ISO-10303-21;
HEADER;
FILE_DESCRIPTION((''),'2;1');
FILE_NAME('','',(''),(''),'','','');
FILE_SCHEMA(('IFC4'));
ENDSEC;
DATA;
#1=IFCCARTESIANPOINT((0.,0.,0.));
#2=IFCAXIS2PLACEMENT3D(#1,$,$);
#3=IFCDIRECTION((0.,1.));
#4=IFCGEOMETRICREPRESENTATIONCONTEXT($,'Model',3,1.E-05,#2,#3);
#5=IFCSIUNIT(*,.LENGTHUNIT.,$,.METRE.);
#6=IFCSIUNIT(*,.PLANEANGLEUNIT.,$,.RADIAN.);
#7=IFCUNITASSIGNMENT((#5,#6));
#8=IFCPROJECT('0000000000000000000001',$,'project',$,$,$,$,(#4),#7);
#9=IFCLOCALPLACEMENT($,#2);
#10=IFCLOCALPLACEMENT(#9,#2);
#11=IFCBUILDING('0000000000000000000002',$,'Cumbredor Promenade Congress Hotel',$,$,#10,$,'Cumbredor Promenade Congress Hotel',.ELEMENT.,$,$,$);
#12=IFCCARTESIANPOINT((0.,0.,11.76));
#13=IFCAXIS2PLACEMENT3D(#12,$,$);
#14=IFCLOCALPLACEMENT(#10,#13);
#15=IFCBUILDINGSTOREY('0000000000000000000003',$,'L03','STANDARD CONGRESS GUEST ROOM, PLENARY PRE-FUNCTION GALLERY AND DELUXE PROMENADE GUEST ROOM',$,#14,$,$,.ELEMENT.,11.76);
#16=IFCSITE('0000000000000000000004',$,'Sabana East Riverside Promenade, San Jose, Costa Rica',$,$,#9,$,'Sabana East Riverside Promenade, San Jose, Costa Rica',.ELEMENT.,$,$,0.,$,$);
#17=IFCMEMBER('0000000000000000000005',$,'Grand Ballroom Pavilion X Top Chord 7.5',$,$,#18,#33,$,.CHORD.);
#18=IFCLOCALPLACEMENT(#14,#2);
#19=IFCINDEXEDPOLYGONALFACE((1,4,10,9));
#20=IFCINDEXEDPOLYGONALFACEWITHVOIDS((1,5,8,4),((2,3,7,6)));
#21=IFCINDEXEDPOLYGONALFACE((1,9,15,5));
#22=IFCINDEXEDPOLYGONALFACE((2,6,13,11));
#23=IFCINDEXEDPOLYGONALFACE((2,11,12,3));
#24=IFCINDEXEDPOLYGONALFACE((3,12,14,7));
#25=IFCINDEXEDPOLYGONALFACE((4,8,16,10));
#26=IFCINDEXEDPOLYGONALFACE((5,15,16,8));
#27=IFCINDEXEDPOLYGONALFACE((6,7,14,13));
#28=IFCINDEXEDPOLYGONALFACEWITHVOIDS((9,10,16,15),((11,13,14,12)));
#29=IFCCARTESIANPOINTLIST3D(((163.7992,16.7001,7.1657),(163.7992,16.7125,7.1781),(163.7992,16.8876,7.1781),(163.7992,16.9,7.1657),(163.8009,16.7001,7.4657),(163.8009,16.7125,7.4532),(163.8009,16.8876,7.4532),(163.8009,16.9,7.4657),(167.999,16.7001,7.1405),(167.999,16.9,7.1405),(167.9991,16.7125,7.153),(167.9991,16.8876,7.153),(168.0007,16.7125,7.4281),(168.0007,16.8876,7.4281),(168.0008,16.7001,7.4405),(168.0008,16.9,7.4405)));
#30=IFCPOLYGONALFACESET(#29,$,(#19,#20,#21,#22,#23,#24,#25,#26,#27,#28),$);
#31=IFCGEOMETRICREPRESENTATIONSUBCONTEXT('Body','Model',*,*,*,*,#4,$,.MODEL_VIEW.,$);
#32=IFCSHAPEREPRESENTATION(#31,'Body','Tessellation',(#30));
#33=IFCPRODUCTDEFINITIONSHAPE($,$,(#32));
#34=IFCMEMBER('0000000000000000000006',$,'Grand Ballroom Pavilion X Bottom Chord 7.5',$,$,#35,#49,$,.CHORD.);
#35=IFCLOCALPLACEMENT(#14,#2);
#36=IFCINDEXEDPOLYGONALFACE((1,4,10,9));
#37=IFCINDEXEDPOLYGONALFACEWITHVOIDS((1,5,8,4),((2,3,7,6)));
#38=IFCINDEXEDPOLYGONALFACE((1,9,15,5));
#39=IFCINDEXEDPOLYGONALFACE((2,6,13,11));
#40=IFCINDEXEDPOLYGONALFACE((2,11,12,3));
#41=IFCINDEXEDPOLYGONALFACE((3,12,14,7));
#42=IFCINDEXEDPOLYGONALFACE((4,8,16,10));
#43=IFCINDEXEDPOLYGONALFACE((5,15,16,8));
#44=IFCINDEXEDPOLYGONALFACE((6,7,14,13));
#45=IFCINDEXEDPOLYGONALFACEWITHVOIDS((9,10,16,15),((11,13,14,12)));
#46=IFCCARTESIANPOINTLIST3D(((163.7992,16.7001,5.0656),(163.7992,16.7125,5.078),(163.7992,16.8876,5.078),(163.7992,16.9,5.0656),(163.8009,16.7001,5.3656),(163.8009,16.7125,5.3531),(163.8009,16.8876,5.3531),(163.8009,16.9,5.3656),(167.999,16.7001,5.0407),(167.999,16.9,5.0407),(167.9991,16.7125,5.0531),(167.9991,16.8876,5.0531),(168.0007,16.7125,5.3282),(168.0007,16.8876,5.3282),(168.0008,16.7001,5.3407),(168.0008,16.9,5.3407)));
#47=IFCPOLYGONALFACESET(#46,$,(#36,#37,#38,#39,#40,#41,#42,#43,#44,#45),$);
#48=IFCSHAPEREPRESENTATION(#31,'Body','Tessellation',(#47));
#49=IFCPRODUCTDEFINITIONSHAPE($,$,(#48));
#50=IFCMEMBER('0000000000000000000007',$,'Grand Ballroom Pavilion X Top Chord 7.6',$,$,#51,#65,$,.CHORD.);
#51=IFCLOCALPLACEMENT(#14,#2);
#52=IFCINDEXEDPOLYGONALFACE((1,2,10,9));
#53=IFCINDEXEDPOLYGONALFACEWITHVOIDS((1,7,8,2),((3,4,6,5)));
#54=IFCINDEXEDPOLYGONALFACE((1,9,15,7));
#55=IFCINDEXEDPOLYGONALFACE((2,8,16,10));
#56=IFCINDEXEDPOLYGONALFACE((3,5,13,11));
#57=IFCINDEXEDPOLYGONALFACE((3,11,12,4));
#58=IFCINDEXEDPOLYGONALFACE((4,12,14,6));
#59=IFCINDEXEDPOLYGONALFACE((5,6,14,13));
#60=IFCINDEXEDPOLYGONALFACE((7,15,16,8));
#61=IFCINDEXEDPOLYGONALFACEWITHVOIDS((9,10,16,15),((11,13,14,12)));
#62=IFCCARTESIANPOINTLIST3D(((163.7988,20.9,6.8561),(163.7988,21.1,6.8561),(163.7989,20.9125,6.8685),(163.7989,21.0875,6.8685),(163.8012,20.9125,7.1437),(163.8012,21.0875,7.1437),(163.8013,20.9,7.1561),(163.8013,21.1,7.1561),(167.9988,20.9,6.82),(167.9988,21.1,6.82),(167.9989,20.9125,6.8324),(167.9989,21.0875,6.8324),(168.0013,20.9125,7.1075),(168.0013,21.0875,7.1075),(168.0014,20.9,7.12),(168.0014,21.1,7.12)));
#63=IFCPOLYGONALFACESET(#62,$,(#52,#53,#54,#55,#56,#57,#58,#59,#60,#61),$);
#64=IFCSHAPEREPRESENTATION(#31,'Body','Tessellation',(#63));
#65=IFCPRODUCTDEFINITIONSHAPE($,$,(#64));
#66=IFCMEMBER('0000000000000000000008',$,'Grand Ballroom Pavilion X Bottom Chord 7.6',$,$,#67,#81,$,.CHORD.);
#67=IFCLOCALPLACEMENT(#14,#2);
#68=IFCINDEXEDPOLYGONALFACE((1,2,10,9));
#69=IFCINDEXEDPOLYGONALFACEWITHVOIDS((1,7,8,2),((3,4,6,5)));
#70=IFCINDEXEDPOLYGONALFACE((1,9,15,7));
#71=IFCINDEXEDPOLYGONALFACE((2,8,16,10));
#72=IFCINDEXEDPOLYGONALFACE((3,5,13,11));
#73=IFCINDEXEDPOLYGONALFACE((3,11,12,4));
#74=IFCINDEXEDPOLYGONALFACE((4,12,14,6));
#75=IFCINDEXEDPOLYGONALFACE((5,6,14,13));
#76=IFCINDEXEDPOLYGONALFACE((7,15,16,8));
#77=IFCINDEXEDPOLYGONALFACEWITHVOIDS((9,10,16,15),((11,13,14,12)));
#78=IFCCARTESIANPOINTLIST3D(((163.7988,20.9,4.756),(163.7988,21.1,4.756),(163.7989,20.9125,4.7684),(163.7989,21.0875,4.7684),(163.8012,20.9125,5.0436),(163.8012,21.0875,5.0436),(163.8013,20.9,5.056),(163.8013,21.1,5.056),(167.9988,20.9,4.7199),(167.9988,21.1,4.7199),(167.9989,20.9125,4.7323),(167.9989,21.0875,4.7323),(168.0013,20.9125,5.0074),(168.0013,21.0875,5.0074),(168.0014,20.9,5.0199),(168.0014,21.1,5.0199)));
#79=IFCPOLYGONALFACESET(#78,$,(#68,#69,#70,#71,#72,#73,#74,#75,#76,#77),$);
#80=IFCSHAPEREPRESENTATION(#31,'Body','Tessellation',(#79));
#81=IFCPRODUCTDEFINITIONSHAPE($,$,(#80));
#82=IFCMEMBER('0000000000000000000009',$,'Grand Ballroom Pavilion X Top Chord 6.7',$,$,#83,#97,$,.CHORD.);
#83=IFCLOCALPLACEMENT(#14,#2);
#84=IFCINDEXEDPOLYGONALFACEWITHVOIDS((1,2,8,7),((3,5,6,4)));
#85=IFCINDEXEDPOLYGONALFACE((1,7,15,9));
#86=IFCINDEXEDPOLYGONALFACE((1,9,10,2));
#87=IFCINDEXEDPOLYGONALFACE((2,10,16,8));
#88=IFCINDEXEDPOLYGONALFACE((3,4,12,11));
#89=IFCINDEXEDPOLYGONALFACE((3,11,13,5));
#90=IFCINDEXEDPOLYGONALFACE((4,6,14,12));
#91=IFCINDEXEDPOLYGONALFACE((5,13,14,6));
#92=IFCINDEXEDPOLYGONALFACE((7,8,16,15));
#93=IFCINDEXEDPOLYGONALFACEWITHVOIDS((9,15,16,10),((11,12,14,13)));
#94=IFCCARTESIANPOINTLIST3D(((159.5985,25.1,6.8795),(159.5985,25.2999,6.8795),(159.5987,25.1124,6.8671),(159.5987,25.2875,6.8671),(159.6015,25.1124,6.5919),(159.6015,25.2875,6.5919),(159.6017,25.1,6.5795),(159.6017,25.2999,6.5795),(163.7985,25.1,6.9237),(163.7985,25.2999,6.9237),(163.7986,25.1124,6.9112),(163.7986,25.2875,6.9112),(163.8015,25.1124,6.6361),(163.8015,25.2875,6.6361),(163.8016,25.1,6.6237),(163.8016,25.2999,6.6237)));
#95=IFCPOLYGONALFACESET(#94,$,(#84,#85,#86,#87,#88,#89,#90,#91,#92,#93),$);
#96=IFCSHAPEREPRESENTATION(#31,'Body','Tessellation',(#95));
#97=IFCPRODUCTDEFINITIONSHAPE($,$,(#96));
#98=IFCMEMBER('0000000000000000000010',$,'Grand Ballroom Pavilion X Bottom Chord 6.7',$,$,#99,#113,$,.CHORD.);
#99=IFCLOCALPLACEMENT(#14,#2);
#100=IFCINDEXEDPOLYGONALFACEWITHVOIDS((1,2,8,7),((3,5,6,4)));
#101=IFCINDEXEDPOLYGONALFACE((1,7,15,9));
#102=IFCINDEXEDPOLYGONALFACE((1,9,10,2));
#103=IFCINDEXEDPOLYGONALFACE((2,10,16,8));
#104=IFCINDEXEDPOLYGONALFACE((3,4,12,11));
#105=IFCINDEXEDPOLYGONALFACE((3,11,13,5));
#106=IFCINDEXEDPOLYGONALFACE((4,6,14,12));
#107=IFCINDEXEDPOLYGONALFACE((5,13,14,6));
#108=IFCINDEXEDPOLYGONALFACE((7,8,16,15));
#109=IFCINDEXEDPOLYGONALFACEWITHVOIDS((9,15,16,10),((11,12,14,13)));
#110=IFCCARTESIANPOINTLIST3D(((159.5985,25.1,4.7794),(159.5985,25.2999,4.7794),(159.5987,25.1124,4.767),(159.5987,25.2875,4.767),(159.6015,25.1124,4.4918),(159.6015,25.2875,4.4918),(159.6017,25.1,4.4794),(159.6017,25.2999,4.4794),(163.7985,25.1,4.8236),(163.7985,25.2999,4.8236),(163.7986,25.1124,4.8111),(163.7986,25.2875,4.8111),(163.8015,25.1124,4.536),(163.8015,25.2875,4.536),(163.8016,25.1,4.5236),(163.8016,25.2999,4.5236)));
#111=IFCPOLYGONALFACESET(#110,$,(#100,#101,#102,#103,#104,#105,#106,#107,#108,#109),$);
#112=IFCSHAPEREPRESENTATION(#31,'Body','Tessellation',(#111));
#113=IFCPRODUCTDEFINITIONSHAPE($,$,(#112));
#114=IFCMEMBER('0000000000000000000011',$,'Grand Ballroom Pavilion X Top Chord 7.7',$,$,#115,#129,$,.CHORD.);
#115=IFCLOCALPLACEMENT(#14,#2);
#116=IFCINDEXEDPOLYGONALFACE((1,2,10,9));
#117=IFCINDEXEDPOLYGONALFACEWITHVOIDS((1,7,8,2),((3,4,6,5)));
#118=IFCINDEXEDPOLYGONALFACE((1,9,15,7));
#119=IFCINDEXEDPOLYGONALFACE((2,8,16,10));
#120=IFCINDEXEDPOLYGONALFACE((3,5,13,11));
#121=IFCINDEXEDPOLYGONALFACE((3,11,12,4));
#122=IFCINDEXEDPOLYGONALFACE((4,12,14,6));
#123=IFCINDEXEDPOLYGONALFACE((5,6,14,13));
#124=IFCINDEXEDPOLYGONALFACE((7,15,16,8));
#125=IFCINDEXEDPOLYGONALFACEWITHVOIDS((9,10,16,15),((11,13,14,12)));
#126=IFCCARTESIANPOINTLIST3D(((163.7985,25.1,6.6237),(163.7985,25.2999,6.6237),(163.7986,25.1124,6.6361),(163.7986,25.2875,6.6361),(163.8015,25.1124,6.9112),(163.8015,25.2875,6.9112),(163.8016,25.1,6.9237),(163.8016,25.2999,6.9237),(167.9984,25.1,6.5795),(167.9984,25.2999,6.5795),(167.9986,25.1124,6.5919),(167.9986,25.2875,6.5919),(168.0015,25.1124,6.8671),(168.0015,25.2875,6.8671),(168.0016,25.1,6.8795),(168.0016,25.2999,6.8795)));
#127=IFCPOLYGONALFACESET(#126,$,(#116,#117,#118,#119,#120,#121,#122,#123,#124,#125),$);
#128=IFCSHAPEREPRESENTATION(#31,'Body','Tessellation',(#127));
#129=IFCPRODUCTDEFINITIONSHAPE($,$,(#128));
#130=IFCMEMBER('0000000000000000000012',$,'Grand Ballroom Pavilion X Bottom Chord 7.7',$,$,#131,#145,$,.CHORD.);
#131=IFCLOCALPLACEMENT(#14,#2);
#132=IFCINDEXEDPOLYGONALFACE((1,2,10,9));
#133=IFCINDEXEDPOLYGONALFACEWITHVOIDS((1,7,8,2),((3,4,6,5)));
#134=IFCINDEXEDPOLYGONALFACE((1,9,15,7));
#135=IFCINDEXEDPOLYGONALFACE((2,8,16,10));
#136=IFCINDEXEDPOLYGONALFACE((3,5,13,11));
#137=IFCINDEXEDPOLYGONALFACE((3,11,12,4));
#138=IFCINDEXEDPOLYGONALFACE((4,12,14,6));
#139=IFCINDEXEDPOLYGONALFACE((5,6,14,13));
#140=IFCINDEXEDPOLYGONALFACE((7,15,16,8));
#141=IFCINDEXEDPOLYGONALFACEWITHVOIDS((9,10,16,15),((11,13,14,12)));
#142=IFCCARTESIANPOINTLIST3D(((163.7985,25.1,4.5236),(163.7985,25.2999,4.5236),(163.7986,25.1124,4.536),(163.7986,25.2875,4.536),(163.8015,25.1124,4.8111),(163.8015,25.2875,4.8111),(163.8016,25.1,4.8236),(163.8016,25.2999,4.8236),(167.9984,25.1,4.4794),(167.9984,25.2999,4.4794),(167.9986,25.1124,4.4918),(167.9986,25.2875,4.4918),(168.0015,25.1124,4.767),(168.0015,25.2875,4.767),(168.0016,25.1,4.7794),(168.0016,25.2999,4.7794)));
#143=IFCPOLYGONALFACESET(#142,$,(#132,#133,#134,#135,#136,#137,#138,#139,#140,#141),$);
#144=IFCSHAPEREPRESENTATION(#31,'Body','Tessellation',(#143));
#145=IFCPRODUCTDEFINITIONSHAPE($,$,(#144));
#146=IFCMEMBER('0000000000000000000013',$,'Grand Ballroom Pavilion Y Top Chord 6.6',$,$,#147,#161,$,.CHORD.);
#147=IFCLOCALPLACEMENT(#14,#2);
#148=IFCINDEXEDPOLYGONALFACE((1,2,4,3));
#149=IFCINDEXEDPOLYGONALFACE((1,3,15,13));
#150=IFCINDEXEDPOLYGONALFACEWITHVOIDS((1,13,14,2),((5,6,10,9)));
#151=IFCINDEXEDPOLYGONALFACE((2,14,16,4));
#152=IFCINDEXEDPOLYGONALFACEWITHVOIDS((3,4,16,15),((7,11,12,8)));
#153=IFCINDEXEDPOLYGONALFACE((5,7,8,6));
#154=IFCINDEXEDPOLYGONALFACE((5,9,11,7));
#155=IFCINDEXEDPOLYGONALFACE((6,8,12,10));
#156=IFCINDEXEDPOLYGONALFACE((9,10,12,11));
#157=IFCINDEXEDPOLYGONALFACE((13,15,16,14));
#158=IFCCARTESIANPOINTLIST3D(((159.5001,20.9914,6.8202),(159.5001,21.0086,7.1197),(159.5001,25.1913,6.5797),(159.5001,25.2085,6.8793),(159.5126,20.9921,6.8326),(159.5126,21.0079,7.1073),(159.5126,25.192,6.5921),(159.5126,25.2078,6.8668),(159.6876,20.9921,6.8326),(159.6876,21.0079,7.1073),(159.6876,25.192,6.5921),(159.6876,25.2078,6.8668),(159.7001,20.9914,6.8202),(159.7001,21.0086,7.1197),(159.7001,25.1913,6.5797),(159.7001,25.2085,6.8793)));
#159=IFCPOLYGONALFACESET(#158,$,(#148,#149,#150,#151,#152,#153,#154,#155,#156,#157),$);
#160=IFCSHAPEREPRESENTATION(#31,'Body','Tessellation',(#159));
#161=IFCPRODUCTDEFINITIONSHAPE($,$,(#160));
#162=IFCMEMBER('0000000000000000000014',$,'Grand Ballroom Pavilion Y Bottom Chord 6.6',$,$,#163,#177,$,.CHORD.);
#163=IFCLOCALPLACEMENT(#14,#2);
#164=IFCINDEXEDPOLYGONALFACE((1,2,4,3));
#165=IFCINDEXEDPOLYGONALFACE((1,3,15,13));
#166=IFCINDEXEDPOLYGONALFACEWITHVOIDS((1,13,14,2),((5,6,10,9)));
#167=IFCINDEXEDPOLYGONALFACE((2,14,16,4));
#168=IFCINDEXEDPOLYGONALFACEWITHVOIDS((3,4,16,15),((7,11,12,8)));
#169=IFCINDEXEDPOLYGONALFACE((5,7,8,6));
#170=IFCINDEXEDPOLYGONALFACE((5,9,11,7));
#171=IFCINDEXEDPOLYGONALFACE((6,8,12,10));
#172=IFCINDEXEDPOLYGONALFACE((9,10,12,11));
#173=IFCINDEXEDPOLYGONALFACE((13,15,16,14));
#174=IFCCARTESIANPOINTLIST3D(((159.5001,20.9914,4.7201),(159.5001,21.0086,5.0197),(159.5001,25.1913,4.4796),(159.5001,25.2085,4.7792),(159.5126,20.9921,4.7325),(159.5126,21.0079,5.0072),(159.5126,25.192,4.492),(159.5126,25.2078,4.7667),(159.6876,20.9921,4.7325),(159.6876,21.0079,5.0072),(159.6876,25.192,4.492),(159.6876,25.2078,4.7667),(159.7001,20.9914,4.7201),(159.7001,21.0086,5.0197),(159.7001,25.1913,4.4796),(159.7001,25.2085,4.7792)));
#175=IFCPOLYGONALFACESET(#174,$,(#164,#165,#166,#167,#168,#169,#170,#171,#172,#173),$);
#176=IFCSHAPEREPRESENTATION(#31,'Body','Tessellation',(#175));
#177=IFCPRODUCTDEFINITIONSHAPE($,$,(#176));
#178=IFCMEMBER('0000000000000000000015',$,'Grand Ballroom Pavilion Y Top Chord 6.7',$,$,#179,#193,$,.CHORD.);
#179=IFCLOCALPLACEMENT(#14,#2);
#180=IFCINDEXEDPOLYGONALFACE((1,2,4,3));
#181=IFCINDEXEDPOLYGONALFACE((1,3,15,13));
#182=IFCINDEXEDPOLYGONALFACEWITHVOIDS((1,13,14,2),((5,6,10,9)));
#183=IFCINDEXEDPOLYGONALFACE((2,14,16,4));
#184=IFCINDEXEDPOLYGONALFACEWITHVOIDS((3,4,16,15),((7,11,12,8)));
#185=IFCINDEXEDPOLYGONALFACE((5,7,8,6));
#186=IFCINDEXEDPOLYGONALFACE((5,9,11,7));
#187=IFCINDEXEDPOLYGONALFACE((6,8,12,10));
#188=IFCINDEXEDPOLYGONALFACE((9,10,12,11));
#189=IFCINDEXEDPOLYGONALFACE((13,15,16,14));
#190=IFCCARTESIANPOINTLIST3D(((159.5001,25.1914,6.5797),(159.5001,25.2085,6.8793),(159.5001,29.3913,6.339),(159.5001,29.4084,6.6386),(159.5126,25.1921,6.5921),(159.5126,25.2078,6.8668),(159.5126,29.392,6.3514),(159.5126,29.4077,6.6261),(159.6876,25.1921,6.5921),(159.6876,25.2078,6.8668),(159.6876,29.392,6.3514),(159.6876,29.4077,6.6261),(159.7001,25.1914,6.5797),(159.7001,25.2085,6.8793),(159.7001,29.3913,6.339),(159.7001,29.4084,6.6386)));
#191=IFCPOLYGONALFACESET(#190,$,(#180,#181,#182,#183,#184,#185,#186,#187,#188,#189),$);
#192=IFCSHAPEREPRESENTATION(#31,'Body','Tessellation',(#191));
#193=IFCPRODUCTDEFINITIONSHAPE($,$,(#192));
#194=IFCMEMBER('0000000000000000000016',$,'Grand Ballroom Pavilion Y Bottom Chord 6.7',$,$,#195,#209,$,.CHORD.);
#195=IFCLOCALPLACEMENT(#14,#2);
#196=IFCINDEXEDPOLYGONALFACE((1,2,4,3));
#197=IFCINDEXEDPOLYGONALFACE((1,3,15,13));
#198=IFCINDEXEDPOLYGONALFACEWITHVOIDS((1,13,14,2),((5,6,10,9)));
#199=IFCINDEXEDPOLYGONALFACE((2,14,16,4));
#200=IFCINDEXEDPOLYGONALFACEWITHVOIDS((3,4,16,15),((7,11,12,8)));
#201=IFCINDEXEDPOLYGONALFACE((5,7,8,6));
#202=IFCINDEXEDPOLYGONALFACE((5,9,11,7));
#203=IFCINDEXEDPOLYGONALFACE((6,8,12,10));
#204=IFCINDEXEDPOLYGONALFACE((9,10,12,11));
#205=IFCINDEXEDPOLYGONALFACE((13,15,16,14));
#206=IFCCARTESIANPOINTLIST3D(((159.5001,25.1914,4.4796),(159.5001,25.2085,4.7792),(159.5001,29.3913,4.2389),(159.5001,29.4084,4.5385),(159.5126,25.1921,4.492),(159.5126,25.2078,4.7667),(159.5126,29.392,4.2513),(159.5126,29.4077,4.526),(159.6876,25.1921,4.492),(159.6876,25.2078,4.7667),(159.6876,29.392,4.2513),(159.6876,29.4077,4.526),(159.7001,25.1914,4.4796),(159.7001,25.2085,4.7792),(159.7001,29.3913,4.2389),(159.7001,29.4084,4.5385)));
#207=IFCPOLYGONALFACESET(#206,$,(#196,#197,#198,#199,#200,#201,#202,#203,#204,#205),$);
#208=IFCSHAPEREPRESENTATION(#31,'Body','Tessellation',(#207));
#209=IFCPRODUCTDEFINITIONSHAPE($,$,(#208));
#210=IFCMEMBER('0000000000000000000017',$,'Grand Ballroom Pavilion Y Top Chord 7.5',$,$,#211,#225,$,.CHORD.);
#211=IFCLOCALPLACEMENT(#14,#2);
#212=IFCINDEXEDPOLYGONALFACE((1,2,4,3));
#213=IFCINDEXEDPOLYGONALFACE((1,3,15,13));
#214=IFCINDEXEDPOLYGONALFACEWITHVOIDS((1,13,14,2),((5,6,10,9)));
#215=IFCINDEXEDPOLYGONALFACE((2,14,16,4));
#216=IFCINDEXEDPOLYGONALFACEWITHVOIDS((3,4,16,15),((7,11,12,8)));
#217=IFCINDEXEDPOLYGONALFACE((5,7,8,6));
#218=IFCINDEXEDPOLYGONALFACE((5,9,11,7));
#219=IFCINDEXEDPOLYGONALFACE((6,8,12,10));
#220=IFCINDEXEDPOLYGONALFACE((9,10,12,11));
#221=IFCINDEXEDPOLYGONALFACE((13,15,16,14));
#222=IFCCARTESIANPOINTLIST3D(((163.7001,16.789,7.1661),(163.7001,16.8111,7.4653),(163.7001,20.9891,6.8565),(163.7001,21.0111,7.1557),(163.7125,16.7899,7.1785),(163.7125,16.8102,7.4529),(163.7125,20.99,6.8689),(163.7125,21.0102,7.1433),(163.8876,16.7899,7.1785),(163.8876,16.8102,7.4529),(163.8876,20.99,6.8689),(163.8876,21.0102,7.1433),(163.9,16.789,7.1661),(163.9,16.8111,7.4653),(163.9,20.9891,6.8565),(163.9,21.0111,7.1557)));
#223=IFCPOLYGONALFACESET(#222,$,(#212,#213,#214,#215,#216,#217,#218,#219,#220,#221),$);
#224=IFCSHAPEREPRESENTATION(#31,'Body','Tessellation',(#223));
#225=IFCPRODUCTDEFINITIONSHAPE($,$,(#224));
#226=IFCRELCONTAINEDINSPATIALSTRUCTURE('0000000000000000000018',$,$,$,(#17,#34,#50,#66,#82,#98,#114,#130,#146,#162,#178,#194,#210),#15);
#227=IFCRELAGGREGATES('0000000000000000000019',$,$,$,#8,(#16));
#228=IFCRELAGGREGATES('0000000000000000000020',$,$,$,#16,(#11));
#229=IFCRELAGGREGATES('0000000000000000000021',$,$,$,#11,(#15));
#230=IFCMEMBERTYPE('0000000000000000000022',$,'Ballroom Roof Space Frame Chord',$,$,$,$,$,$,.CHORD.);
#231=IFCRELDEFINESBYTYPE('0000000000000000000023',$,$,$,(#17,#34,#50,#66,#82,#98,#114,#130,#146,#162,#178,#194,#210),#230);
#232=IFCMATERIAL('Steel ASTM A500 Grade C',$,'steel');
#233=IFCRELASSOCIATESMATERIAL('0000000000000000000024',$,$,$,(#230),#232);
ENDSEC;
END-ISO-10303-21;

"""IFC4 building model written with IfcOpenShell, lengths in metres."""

from ifc_helpers import new_model, si_unit, direction, frame, origin, origin_2d, place, context, subcontext, project, spatial, hollow_rectangle, extrude, material, material_profile, profile_set, type_object, element, save


model = new_model("IFC4")

# Units and contexts
model_context = context("Model", 3, precision=1e-05, world=origin(), true_north=direction((0.0, 1.0)))
body_context = subcontext(model_context, "Body", "Model", "MODEL_VIEW")
ifc_project = project(units=[si_unit("LENGTHUNIT", "METRE"), si_unit("PLANEANGLEUNIT", "RADIAN")], contexts=[model_context])

# Site, building, storey
site_placement = place(None, origin())
site = spatial("IfcSite", under=ifc_project, at=site_placement, Name="Sabana East Riverside Promenade, San Jose, Costa Rica", LongName="Sabana East Riverside Promenade, San Jose, Costa Rica", CompositionType="ELEMENT", RefElevation=0.0)
building_placement = place(site_placement, origin())
building = spatial("IfcBuilding", under=site, at=building_placement, Name="Cumbredor Promenade Congress Hotel", LongName="Cumbredor Promenade Congress Hotel", CompositionType="ELEMENT")
storey_placement = place(building_placement, frame((0.0, 0.0, 11.76)))
storey = spatial("IfcBuildingStorey", under=building, at=storey_placement, Name="L03", Description="STANDARD CONGRESS GUEST ROOM, PLENARY PRE-FUNCTION GALLERY AND DELUXE PROMENADE GUEST ROOM", CompositionType="ELEMENT", Elevation=11.76)

# Members
ifc_material_1 = material(Name="Steel ASTM A500 Grade C", Category="steel")
ifc_material_profile_1 = material_profile(ifc_material_1, hollow_rectangle(XDim=0.2, YDim=0.3, WallThickness=0.0125, at=origin_2d()), Name="HSS 300x200x12.5")
ifc_profile_set_1 = profile_set([ifc_material_profile_1], Name="Steel ASTM A500 Grade C")
member_type_1 = type_object("IfcMemberType", Name="Ballroom Roof Space Frame Chord", PredefinedType="CHORD", material=ifc_profile_set_1)
for number, where, z_axis, x_axis, name in (
    (1, (163.8, 16.8, 7.3157), (0.999982, 0.0, -0.005987), (0.0, 1.0, 0.0), "Grand Ballroom Pavilion X Top Chord 7.5"),
    (2, (163.8, 16.8, 5.2156), (0.999982, 0.0, -0.005929), (0.0, 1.0, 0.0), "Grand Ballroom Pavilion X Bottom Chord 7.5"),
):
    element("IfcMember", number, at=place(storey_placement, frame(where, z_axis=z_axis, x_axis=x_axis)), inside=storey, type_object=member_type_1, Name=name, PredefinedType="CHORD", context=body_context, shape_type="SweptSolid", body=[
        extrude(hollow_rectangle(XDim=0.2, YDim=0.3, WallThickness=0.0125, at=origin_2d()), origin(), (0.0, 0.0, 1.0), 4.2),
    ])
for number, where, z_axis, x_axis, name in (
    (3, (163.8, 21.0, 7.0061), (0.999963, 0.0, -0.008603), (0.0, 1.0, 0.0), "Grand Ballroom Pavilion X Top Chord 7.6"),
    (4, (163.8, 21.0, 4.906), (0.999963, 0.0, -0.008603), (0.0, 1.0, 0.0), "Grand Ballroom Pavilion X Bottom Chord 7.6"),
    (5, (159.6001, 25.2, 6.7295), (0.999945, 0.0, 0.010521), (0.0, 1.0, 0.0), "Grand Ballroom Pavilion X Top Chord 6.7"),
    (6, (159.6001, 25.2, 4.6294), (0.999945, 0.0, 0.010521), (0.0, 1.0, 0.0), "Grand Ballroom Pavilion X Bottom Chord 6.7"),
    (7, (163.8, 25.2, 6.7737), (0.999945, 0.0, -0.010521), (0.0, 1.0, 0.0), "Grand Ballroom Pavilion X Top Chord 7.7"),
    (8, (163.8, 25.2, 4.6736), (0.999945, 0.0, -0.010521), (0.0, 1.0, 0.0), "Grand Ballroom Pavilion X Bottom Chord 7.7"),
):
    element("IfcMember", number, at=place(storey_placement, frame(where, z_axis=z_axis, x_axis=x_axis)), inside=storey, type_object=member_type_1, Name=name, PredefinedType="CHORD", context=body_context, shape_type="SweptSolid", body=[
        extrude(hollow_rectangle(XDim=0.2, YDim=0.3, WallThickness=0.0125, at=origin_2d()), origin(), (0.0, 0.0, 1.0), 4.2002),
    ])
for number, where, z_axis, x_axis, name in (
    (9, (159.6001, 21.0, 6.97), (0.0, 0.998365, -0.057164), (-1.0, 0.0, 0.0), "Grand Ballroom Pavilion Y Top Chord 6.6"),
    (10, (159.6001, 21.0, 4.8699), (0.0, 0.998365, -0.057164), (-1.0, 0.0, 0.0), "Grand Ballroom Pavilion Y Bottom Chord 6.6"),
    (11, (159.6001, 25.2, 6.7295), (0.0, 0.998361, -0.057222), (-1.0, 0.0, 0.0), "Grand Ballroom Pavilion Y Top Chord 6.7"),
    (12, (159.6001, 25.2, 4.6294), (0.0, 0.998361, -0.057222), (-1.0, 0.0, 0.0), "Grand Ballroom Pavilion Y Bottom Chord 6.7"),
):
    element("IfcMember", number, at=place(storey_placement, frame(where, z_axis=z_axis, x_axis=x_axis)), inside=storey, type_object=member_type_1, Name=name, PredefinedType="CHORD", context=body_context, shape_type="SweptSolid", body=[
        extrude(hollow_rectangle(XDim=0.2, YDim=0.3, WallThickness=0.0125, at=origin_2d()), origin(), (0.0, 0.0, 1.0), 4.2068),
    ])
for number, where, z_axis, x_axis, name in (
    (13, (163.8, 16.8, 7.3157), (0.0, 0.997295, -0.073509), (-1.0, 0.0, 0.0), "Grand Ballroom Pavilion Y Top Chord 7.5"),
):
    element("IfcMember", number, at=place(storey_placement, frame(where, z_axis=z_axis, x_axis=x_axis)), inside=storey, type_object=member_type_1, Name=name, PredefinedType="CHORD", context=body_context, shape_type="SweptSolid", body=[
        extrude(hollow_rectangle(XDim=0.2, YDim=0.3, WallThickness=0.0125, at=origin_2d()), origin(), (0.0, 0.0, 1.0), 4.2114),
    ])

save(model, "model.ifc")
